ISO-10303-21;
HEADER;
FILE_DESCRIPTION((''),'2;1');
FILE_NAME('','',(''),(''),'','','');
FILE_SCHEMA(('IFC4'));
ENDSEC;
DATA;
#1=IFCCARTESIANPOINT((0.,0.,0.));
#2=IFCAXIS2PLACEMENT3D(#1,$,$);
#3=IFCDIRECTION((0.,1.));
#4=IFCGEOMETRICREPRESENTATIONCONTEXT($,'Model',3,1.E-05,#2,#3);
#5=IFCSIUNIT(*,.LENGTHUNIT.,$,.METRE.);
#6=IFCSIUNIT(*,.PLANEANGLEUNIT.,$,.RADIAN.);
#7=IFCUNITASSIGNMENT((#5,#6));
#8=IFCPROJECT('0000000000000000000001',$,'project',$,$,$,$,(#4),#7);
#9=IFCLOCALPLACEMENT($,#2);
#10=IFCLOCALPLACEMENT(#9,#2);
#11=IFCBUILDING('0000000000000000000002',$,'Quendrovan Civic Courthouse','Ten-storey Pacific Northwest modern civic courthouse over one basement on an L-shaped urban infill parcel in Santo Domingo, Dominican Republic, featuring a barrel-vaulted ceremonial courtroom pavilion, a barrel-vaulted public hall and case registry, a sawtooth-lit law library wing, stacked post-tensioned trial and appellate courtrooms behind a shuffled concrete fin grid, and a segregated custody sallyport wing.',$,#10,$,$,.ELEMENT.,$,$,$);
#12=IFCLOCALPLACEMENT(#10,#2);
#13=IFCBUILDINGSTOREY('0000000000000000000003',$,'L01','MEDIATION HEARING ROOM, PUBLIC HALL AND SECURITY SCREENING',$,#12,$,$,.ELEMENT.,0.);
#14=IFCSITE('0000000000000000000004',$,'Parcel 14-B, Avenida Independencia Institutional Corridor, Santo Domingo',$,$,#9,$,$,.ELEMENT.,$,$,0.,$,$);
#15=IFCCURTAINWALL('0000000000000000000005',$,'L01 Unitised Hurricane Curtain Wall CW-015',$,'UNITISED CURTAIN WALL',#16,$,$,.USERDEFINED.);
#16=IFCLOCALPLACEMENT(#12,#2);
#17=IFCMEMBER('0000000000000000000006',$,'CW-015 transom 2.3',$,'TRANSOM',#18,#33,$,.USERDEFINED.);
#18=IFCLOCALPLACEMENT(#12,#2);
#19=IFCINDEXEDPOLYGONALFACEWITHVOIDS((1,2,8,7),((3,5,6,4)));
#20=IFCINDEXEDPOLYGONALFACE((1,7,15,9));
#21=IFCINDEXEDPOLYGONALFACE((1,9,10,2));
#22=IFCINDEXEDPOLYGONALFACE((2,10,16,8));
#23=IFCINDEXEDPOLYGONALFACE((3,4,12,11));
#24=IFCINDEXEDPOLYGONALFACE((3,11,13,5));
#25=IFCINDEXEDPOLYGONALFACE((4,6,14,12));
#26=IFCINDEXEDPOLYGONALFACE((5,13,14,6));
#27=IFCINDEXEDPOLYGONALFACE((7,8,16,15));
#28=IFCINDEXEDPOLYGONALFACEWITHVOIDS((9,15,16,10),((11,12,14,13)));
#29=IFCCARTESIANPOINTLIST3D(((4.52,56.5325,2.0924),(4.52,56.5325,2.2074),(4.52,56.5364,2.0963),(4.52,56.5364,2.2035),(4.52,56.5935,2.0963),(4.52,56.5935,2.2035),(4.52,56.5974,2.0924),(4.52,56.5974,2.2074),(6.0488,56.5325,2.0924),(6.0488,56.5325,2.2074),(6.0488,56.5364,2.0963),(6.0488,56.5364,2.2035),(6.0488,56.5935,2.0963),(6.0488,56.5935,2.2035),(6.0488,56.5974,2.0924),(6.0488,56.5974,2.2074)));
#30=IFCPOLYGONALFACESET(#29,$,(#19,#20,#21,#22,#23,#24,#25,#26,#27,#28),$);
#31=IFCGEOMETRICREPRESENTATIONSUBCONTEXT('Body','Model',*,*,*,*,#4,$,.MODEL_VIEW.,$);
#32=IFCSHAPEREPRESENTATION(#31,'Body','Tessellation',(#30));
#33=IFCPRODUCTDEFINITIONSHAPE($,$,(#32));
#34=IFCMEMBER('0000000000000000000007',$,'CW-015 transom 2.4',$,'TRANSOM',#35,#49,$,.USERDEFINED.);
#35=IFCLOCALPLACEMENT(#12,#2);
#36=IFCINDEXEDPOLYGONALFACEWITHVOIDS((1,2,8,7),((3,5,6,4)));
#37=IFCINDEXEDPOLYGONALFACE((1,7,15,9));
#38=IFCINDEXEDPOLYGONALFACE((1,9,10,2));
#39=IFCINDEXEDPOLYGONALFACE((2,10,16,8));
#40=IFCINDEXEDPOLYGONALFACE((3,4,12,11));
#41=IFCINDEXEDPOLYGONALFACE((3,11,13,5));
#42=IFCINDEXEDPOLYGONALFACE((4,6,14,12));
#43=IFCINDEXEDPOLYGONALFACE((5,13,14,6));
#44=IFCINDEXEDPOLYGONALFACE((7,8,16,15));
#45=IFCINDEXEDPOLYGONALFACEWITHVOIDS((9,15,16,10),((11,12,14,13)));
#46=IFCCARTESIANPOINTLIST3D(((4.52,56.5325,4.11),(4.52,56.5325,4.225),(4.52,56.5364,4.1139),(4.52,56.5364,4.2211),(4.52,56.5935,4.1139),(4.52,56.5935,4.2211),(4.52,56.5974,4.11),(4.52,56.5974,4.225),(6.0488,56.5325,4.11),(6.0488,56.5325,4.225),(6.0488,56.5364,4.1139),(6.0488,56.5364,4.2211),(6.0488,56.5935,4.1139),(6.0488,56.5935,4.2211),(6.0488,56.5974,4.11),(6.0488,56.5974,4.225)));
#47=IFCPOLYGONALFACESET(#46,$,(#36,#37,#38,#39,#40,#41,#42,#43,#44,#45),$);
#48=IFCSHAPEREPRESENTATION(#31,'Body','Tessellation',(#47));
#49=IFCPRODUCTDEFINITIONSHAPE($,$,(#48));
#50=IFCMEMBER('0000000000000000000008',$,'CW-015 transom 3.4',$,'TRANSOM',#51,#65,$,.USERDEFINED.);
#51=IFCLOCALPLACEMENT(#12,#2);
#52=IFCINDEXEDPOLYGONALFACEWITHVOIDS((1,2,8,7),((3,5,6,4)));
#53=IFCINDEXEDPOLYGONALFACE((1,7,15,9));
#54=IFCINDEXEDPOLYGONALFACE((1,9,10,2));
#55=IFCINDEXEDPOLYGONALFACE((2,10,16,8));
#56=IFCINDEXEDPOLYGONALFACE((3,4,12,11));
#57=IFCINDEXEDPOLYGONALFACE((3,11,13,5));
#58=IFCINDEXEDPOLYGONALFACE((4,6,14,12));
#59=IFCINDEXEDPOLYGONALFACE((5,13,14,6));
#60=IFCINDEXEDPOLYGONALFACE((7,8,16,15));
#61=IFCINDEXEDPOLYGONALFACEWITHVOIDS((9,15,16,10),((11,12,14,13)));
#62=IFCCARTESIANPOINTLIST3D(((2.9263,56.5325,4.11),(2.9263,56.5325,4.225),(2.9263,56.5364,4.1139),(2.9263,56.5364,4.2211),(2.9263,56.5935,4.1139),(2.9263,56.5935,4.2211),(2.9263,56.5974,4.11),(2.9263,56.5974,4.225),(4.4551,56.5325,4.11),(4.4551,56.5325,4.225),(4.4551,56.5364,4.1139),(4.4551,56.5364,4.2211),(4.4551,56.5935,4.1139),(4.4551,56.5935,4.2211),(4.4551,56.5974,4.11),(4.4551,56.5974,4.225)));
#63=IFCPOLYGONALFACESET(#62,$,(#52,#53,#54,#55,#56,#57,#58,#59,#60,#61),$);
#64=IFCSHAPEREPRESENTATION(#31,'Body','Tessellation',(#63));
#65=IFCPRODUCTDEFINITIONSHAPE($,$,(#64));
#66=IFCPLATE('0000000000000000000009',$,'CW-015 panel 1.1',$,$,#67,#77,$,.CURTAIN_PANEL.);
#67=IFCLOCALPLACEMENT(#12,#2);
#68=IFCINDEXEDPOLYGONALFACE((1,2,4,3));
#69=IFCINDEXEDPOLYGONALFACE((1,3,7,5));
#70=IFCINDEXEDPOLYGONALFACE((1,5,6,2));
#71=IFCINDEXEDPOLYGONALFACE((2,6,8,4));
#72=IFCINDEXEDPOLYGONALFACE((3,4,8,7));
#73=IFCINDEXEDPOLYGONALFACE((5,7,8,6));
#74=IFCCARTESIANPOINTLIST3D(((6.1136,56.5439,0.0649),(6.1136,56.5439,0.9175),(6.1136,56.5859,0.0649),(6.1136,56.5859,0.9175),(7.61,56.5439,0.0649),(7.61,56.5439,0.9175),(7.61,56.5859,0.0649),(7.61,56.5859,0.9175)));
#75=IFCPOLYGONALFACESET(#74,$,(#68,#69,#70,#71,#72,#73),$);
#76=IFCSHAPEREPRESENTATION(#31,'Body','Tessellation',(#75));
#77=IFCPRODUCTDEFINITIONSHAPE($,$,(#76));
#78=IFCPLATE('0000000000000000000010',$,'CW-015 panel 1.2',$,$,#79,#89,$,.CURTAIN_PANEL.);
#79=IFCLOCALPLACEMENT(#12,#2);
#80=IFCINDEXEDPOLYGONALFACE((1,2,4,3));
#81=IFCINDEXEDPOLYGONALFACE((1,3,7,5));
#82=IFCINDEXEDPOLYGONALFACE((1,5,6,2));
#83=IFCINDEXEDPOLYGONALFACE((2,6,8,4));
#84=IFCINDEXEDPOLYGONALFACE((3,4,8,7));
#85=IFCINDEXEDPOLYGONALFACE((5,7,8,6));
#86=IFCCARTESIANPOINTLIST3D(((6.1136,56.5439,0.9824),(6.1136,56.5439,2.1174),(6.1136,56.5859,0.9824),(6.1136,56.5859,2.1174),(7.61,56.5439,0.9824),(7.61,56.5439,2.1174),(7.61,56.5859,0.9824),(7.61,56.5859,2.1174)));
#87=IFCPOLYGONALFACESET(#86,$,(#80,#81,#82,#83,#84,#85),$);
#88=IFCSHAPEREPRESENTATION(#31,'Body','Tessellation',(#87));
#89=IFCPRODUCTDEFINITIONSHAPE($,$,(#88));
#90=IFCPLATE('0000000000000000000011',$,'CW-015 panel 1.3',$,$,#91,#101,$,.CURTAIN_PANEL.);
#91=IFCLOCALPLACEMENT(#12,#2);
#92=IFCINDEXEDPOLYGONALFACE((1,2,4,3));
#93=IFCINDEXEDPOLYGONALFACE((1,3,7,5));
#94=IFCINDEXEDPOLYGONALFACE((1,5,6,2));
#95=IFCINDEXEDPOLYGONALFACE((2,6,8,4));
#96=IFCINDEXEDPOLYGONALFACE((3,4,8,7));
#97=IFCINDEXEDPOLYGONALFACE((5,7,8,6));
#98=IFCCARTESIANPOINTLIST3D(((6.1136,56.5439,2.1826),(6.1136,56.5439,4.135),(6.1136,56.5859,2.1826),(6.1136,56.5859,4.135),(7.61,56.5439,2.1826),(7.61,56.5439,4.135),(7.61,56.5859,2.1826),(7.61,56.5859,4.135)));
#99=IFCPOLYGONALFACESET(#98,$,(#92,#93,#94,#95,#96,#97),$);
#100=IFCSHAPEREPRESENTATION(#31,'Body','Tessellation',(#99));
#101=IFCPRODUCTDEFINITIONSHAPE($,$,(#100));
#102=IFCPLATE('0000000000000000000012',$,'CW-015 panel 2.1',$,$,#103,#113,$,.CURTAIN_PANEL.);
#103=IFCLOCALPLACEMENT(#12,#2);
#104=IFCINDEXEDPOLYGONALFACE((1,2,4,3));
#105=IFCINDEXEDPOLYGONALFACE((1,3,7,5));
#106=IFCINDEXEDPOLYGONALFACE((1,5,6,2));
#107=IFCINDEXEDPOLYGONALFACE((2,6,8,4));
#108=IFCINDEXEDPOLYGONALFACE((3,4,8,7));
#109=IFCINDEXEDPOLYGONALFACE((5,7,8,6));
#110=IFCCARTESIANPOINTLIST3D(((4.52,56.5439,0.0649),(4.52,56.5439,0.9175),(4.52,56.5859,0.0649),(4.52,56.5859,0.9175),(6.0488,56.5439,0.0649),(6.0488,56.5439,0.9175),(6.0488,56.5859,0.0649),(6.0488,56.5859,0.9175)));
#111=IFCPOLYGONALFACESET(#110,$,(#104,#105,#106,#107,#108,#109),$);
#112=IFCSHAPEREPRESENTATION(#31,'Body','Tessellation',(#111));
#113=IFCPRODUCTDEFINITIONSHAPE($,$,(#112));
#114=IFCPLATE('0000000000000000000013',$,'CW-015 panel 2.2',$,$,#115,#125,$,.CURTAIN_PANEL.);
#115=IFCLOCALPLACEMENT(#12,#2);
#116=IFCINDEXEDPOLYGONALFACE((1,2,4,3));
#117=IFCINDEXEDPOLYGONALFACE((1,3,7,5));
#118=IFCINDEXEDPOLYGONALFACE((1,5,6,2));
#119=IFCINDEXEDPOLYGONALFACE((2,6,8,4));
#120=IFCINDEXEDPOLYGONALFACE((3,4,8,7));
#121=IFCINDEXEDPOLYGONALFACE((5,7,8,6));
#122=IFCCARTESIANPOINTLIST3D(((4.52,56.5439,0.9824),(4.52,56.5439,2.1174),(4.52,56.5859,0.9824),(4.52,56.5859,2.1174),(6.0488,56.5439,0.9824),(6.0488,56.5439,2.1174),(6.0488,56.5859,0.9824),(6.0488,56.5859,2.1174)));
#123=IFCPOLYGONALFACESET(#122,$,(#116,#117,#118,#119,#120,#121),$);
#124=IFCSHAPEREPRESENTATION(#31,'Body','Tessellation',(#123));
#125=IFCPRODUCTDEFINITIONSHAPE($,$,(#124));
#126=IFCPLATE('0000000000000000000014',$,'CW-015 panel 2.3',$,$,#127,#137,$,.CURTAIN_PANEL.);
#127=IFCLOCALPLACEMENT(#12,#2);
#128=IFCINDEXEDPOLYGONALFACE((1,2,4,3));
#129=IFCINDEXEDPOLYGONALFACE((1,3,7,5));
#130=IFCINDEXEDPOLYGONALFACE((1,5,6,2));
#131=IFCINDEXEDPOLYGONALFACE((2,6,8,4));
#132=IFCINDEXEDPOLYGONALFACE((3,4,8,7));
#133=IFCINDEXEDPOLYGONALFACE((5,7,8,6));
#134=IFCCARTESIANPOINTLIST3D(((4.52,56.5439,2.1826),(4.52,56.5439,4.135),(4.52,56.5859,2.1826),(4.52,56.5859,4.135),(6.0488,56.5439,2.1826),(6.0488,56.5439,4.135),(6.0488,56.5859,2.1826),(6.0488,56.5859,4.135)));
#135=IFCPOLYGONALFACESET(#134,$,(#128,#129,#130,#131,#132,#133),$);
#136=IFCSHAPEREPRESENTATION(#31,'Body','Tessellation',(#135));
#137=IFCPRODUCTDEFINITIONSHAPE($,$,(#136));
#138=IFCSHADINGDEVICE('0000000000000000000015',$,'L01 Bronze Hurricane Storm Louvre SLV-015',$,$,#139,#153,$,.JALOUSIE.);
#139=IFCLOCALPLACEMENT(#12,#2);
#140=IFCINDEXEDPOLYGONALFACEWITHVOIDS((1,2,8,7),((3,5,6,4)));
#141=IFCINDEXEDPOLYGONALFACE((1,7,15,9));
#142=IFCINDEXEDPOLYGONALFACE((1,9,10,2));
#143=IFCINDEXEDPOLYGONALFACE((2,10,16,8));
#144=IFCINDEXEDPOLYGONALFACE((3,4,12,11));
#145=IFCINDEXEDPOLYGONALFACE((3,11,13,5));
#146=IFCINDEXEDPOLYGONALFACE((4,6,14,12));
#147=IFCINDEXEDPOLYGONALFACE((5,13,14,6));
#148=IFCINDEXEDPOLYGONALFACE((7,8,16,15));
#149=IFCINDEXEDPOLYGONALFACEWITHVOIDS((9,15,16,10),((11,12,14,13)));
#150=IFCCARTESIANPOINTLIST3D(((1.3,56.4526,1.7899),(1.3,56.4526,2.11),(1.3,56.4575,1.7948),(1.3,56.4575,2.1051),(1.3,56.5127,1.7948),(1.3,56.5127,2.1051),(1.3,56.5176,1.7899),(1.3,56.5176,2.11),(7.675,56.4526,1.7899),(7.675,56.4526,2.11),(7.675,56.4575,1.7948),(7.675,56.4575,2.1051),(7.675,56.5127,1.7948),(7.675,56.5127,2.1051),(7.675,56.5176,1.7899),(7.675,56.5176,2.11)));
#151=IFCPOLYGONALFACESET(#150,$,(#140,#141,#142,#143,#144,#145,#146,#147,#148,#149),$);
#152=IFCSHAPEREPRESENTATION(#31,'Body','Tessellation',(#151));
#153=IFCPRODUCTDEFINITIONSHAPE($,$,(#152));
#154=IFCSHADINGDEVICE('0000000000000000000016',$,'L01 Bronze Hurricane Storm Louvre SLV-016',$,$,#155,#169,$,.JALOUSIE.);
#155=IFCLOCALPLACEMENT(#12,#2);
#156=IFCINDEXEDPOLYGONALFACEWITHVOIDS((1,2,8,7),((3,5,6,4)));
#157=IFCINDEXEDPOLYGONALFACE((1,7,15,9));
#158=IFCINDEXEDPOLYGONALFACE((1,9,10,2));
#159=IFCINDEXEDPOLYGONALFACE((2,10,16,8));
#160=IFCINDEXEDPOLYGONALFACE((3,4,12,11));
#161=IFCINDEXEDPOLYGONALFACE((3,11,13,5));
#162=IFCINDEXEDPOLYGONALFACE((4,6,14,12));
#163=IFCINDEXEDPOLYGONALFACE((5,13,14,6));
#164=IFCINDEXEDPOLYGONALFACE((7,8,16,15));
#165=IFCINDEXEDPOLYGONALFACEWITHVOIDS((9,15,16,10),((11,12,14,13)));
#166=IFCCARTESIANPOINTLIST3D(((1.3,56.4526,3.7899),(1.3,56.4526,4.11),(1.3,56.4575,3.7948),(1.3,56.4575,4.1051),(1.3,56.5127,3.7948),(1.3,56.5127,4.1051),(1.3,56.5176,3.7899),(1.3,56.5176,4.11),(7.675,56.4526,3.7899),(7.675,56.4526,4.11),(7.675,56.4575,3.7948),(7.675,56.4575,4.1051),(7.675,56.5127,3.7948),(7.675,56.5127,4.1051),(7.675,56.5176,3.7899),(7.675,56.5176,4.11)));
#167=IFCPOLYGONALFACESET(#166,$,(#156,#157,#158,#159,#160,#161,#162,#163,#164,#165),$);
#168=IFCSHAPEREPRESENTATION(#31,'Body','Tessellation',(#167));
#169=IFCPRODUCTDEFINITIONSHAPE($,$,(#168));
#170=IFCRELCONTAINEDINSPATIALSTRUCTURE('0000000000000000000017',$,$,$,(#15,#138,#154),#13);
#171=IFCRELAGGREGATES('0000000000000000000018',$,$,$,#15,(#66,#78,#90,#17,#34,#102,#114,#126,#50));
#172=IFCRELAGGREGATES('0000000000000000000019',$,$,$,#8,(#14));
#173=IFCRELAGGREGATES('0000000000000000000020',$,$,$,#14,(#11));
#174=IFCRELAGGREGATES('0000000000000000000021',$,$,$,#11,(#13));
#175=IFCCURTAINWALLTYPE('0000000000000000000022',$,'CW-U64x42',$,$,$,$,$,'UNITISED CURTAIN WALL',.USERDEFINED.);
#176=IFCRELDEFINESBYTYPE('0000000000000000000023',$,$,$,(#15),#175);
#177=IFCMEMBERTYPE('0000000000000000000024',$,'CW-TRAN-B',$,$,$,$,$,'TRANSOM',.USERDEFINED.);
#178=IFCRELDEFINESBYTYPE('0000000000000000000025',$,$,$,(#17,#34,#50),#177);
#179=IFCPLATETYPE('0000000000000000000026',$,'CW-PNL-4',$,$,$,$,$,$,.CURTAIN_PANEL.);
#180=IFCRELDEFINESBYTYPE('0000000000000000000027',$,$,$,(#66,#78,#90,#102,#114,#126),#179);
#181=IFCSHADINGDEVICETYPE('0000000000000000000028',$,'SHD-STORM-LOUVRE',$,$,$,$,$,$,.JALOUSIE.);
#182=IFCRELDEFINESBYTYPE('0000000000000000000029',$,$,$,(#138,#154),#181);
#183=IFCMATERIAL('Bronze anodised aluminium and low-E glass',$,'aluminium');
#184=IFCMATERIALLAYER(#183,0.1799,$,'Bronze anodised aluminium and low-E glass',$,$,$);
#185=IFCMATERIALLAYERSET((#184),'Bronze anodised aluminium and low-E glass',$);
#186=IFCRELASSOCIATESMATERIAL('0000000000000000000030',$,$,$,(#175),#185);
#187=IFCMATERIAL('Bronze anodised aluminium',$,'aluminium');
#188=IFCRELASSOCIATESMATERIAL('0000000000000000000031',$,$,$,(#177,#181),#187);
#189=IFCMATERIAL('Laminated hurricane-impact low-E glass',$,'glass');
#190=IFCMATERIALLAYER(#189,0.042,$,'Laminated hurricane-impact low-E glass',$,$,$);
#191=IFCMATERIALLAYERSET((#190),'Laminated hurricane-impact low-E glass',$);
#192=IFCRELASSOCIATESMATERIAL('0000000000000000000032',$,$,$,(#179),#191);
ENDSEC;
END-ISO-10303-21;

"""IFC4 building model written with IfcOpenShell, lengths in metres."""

from ifc_helpers import new_model, si_unit, direction, frame, origin, origin_2d, place, context, subcontext, project, spatial, rectangle, hollow_rectangle, extrude, material, layer, layer_set, material_profile, profile_set, type_object, element, aggregate, save


model = new_model("IFC4")

# Units and contexts
model_context = context("Model", 3, precision=1e-05, world=origin(), true_north=direction((0.0, 1.0)))
body_context = subcontext(model_context, "Body", "Model", "MODEL_VIEW")
ifc_project = project(units=[si_unit("LENGTHUNIT", "METRE"), si_unit("PLANEANGLEUNIT", "RADIAN")], contexts=[model_context])

# Site, building, storey
site_placement = place(None, origin())
site = spatial("IfcSite", under=ifc_project, at=site_placement, Name="Parcel 14-B, Avenida Independencia Institutional Corridor, Santo Domingo", CompositionType="ELEMENT", RefElevation=0.0)
building_placement = place(site_placement, origin())
building = spatial("IfcBuilding", under=site, at=building_placement, Name="Quendrovan Civic Courthouse", Description="Ten-storey Pacific Northwest modern civic courthouse over one basement on an L-shaped urban infill parcel in Santo Domingo, Dominican Republic, featuring a barrel-vaulted ceremonial courtroom pavilion, a barrel-vaulted public hall and case registry, a sawtooth-lit law library wing, stacked post-tensioned trial and appellate courtrooms behind a shuffled concrete fin grid, and a segregated custody sallyport wing.", CompositionType="ELEMENT")
storey_placement = place(building_placement, origin())
storey = spatial("IfcBuildingStorey", under=building, at=storey_placement, Name="L01", Description="MEDIATION HEARING ROOM, PUBLIC HALL AND SECURITY SCREENING", CompositionType="ELEMENT", Elevation=0.0)

# Curtain wall, members, plates
ifc_material_1 = material(Name="Bronze anodised aluminium and low-E glass", Category="aluminium")
ifc_layer_1 = layer(ifc_material_1, 0.1799, Name="Bronze anodised aluminium and low-E glass")
ifc_layer_set_1 = layer_set([ifc_layer_1], Name="Bronze anodised aluminium and low-E glass")
curtain_wall_type = type_object("IfcCurtainWallType", Name="CW-U64x42", ElementType="UNITISED CURTAIN WALL", PredefinedType="USERDEFINED", material=ifc_layer_set_1)
curtain_wall_placement = place(storey_placement, origin())
curtain_wall = element("IfcCurtainWall", 1, at=curtain_wall_placement, inside=storey, type_object=curtain_wall_type, Name="L01 Unitised Hurricane Curtain Wall CW-015", ObjectType="UNITISED CURTAIN WALL", PredefinedType="USERDEFINED")
ifc_material_2 = material(Name="Bronze anodised aluminium", Category="aluminium")
ifc_material_profile_1 = material_profile(ifc_material_2, hollow_rectangle(XDim=0.0649, YDim=0.115, WallThickness=0.0039, at=origin_2d()), Name="CW-TRAN-65x115")
ifc_profile_set_1 = profile_set([ifc_material_profile_1], Name="Bronze anodised aluminium")
member_type_1 = type_object("IfcMemberType", Name="CW-TRAN-B", ElementType="TRANSOM", PredefinedType="USERDEFINED", material=ifc_profile_set_1)
member_1_placement = place(storey_placement, frame((6.0488, 56.5649, 2.1499), z_axis=(-1.0, 0.0, 0.0), x_axis=(0.0, -1.0, 0.0)))
member_1 = element("IfcMember", 2, at=member_1_placement, type_object=member_type_1, Name="CW-015 transom 2.3", ObjectType="TRANSOM", PredefinedType="USERDEFINED", context=body_context, shape_type="SweptSolid", body=[
    extrude(hollow_rectangle(XDim=0.0649, YDim=0.115, WallThickness=0.0039, at=origin_2d()), origin(), (0.0, 0.0, 1.0), 1.5288),
])
member_2_placement = place(storey_placement, frame((6.0488, 56.5649, 4.1675), z_axis=(-1.0, 0.0, 0.0), x_axis=(0.0, -1.0, 0.0)))
member_2 = element("IfcMember", 3, at=member_2_placement, type_object=member_type_1, Name="CW-015 transom 2.4", ObjectType="TRANSOM", PredefinedType="USERDEFINED", context=body_context, shape_type="SweptSolid", body=[
    extrude(hollow_rectangle(XDim=0.0649, YDim=0.115, WallThickness=0.0039, at=origin_2d()), origin(), (0.0, 0.0, 1.0), 1.5288),
])
member_3_placement = place(storey_placement, frame((4.4551, 56.5649, 4.1675), z_axis=(-1.0, 0.0, 0.0), x_axis=(0.0, -1.0, 0.0)))
member_3 = element("IfcMember", 4, at=member_3_placement, type_object=member_type_1, Name="CW-015 transom 3.4", ObjectType="TRANSOM", PredefinedType="USERDEFINED", context=body_context, shape_type="SweptSolid", body=[
    extrude(hollow_rectangle(XDim=0.0649, YDim=0.115, WallThickness=0.0039, at=origin_2d()), origin(), (0.0, 0.0, 1.0), 1.5288),
])
ifc_material_3 = material(Name="Laminated hurricane-impact low-E glass", Category="glass")
ifc_layer_2 = layer(ifc_material_3, 0.042, Name="Laminated hurricane-impact low-E glass")
ifc_layer_set_2 = layer_set([ifc_layer_2], Name="Laminated hurricane-impact low-E glass")
plate_type = type_object("IfcPlateType", Name="CW-PNL-4", PredefinedType="CURTAIN_PANEL", material=ifc_layer_set_2)
plate_1_placement = place(storey_placement, frame((6.8618, 56.5649, 0.0649), z_axis=(0.0, 0.0, 1.0), x_axis=(-1.0, 0.0, 0.0)))
plate_1 = element("IfcPlate", 5, at=plate_1_placement, type_object=plate_type, Name="CW-015 panel 1.1", PredefinedType="CURTAIN_PANEL", context=body_context, shape_type="SweptSolid", body=[
    extrude(rectangle(XDim=1.4963, YDim=0.042, at=origin_2d()), origin(), (0.0, 0.0, 1.0), 0.8525),
])
plate_2_placement = place(storey_placement, frame((6.8618, 56.5649, 0.9824), z_axis=(0.0, 0.0, 1.0), x_axis=(-1.0, 0.0, 0.0)))
plate_2 = element("IfcPlate", 6, at=plate_2_placement, type_object=plate_type, Name="CW-015 panel 1.2", PredefinedType="CURTAIN_PANEL", context=body_context, shape_type="SweptSolid", body=[
    extrude(rectangle(XDim=1.4963, YDim=0.042, at=origin_2d()), origin(), (0.0, 0.0, 1.0), 1.135),
])
plate_3_placement = place(storey_placement, frame((6.8618, 56.5649, 2.1826), z_axis=(0.0, 0.0, 1.0), x_axis=(-1.0, 0.0, 0.0)))
plate_3 = element("IfcPlate", 7, at=plate_3_placement, type_object=plate_type, Name="CW-015 panel 1.3", PredefinedType="CURTAIN_PANEL", context=body_context, shape_type="SweptSolid", body=[
    extrude(rectangle(XDim=1.4963, YDim=0.042, at=origin_2d()), origin(), (0.0, 0.0, 1.0), 1.9524),
])
plate_4_placement = place(storey_placement, frame((5.2844, 56.5649, 0.0649), z_axis=(0.0, 0.0, 1.0), x_axis=(-1.0, 0.0, 0.0)))
plate_4 = element("IfcPlate", 8, at=plate_4_placement, type_object=plate_type, Name="CW-015 panel 2.1", PredefinedType="CURTAIN_PANEL", context=body_context, shape_type="SweptSolid", body=[
    extrude(rectangle(XDim=1.5288, YDim=0.042, at=origin_2d()), origin(), (0.0, 0.0, 1.0), 0.8525),
])
plate_5_placement = place(storey_placement, frame((5.2844, 56.5649, 0.9824), z_axis=(0.0, 0.0, 1.0), x_axis=(-1.0, 0.0, 0.0)))
plate_5 = element("IfcPlate", 9, at=plate_5_placement, type_object=plate_type, Name="CW-015 panel 2.2", PredefinedType="CURTAIN_PANEL", context=body_context, shape_type="SweptSolid", body=[
    extrude(rectangle(XDim=1.5288, YDim=0.042, at=origin_2d()), origin(), (0.0, 0.0, 1.0), 1.135),
])
plate_6_placement = place(storey_placement, frame((5.2844, 56.5649, 2.1826), z_axis=(0.0, 0.0, 1.0), x_axis=(-1.0, 0.0, 0.0)))
plate_6 = element("IfcPlate", 10, at=plate_6_placement, type_object=plate_type, Name="CW-015 panel 2.3", PredefinedType="CURTAIN_PANEL", context=body_context, shape_type="SweptSolid", body=[
    extrude(rectangle(XDim=1.5288, YDim=0.042, at=origin_2d()), origin(), (0.0, 0.0, 1.0), 1.9524),
])
aggregate(curtain_wall, [plate_1, plate_2, plate_3, member_1, member_2, plate_4, plate_5, plate_6, member_3])

# Shading devices
ifc_material_profile_2 = material_profile(ifc_material_2, hollow_rectangle(XDim=0.0649, YDim=0.3201, WallThickness=0.0049, at=origin_2d()), Name="AL-LOUVRE-65x320")
ifc_profile_set_2 = profile_set([ifc_material_profile_2], Name="Bronze anodised aluminium")
shading_device_type = type_object("IfcShadingDeviceType", Name="SHD-STORM-LOUVRE", PredefinedType="JALOUSIE", material=ifc_profile_set_2)
for number, where, z_axis, x_axis, name in (
    (11, (7.675, 56.4851, 1.95), (-1.0, 0.0, 0.0), (0.0, -1.0, 0.0), "L01 Bronze Hurricane Storm Louvre SLV-015"),
    (12, (7.675, 56.4851, 3.95), (-1.0, 0.0, 0.0), (0.0, -1.0, 0.0), "L01 Bronze Hurricane Storm Louvre SLV-016"),
):
    element("IfcShadingDevice", number, at=place(storey_placement, frame(where, z_axis=z_axis, x_axis=x_axis)), inside=storey, type_object=shading_device_type, Name=name, PredefinedType="JALOUSIE", context=body_context, shape_type="SweptSolid", body=[
        extrude(hollow_rectangle(XDim=0.0649, YDim=0.3201, WallThickness=0.0049, at=origin_2d()), origin(), (0.0, 0.0, 1.0), 6.375),
    ])

save(model, "model.ifc")
